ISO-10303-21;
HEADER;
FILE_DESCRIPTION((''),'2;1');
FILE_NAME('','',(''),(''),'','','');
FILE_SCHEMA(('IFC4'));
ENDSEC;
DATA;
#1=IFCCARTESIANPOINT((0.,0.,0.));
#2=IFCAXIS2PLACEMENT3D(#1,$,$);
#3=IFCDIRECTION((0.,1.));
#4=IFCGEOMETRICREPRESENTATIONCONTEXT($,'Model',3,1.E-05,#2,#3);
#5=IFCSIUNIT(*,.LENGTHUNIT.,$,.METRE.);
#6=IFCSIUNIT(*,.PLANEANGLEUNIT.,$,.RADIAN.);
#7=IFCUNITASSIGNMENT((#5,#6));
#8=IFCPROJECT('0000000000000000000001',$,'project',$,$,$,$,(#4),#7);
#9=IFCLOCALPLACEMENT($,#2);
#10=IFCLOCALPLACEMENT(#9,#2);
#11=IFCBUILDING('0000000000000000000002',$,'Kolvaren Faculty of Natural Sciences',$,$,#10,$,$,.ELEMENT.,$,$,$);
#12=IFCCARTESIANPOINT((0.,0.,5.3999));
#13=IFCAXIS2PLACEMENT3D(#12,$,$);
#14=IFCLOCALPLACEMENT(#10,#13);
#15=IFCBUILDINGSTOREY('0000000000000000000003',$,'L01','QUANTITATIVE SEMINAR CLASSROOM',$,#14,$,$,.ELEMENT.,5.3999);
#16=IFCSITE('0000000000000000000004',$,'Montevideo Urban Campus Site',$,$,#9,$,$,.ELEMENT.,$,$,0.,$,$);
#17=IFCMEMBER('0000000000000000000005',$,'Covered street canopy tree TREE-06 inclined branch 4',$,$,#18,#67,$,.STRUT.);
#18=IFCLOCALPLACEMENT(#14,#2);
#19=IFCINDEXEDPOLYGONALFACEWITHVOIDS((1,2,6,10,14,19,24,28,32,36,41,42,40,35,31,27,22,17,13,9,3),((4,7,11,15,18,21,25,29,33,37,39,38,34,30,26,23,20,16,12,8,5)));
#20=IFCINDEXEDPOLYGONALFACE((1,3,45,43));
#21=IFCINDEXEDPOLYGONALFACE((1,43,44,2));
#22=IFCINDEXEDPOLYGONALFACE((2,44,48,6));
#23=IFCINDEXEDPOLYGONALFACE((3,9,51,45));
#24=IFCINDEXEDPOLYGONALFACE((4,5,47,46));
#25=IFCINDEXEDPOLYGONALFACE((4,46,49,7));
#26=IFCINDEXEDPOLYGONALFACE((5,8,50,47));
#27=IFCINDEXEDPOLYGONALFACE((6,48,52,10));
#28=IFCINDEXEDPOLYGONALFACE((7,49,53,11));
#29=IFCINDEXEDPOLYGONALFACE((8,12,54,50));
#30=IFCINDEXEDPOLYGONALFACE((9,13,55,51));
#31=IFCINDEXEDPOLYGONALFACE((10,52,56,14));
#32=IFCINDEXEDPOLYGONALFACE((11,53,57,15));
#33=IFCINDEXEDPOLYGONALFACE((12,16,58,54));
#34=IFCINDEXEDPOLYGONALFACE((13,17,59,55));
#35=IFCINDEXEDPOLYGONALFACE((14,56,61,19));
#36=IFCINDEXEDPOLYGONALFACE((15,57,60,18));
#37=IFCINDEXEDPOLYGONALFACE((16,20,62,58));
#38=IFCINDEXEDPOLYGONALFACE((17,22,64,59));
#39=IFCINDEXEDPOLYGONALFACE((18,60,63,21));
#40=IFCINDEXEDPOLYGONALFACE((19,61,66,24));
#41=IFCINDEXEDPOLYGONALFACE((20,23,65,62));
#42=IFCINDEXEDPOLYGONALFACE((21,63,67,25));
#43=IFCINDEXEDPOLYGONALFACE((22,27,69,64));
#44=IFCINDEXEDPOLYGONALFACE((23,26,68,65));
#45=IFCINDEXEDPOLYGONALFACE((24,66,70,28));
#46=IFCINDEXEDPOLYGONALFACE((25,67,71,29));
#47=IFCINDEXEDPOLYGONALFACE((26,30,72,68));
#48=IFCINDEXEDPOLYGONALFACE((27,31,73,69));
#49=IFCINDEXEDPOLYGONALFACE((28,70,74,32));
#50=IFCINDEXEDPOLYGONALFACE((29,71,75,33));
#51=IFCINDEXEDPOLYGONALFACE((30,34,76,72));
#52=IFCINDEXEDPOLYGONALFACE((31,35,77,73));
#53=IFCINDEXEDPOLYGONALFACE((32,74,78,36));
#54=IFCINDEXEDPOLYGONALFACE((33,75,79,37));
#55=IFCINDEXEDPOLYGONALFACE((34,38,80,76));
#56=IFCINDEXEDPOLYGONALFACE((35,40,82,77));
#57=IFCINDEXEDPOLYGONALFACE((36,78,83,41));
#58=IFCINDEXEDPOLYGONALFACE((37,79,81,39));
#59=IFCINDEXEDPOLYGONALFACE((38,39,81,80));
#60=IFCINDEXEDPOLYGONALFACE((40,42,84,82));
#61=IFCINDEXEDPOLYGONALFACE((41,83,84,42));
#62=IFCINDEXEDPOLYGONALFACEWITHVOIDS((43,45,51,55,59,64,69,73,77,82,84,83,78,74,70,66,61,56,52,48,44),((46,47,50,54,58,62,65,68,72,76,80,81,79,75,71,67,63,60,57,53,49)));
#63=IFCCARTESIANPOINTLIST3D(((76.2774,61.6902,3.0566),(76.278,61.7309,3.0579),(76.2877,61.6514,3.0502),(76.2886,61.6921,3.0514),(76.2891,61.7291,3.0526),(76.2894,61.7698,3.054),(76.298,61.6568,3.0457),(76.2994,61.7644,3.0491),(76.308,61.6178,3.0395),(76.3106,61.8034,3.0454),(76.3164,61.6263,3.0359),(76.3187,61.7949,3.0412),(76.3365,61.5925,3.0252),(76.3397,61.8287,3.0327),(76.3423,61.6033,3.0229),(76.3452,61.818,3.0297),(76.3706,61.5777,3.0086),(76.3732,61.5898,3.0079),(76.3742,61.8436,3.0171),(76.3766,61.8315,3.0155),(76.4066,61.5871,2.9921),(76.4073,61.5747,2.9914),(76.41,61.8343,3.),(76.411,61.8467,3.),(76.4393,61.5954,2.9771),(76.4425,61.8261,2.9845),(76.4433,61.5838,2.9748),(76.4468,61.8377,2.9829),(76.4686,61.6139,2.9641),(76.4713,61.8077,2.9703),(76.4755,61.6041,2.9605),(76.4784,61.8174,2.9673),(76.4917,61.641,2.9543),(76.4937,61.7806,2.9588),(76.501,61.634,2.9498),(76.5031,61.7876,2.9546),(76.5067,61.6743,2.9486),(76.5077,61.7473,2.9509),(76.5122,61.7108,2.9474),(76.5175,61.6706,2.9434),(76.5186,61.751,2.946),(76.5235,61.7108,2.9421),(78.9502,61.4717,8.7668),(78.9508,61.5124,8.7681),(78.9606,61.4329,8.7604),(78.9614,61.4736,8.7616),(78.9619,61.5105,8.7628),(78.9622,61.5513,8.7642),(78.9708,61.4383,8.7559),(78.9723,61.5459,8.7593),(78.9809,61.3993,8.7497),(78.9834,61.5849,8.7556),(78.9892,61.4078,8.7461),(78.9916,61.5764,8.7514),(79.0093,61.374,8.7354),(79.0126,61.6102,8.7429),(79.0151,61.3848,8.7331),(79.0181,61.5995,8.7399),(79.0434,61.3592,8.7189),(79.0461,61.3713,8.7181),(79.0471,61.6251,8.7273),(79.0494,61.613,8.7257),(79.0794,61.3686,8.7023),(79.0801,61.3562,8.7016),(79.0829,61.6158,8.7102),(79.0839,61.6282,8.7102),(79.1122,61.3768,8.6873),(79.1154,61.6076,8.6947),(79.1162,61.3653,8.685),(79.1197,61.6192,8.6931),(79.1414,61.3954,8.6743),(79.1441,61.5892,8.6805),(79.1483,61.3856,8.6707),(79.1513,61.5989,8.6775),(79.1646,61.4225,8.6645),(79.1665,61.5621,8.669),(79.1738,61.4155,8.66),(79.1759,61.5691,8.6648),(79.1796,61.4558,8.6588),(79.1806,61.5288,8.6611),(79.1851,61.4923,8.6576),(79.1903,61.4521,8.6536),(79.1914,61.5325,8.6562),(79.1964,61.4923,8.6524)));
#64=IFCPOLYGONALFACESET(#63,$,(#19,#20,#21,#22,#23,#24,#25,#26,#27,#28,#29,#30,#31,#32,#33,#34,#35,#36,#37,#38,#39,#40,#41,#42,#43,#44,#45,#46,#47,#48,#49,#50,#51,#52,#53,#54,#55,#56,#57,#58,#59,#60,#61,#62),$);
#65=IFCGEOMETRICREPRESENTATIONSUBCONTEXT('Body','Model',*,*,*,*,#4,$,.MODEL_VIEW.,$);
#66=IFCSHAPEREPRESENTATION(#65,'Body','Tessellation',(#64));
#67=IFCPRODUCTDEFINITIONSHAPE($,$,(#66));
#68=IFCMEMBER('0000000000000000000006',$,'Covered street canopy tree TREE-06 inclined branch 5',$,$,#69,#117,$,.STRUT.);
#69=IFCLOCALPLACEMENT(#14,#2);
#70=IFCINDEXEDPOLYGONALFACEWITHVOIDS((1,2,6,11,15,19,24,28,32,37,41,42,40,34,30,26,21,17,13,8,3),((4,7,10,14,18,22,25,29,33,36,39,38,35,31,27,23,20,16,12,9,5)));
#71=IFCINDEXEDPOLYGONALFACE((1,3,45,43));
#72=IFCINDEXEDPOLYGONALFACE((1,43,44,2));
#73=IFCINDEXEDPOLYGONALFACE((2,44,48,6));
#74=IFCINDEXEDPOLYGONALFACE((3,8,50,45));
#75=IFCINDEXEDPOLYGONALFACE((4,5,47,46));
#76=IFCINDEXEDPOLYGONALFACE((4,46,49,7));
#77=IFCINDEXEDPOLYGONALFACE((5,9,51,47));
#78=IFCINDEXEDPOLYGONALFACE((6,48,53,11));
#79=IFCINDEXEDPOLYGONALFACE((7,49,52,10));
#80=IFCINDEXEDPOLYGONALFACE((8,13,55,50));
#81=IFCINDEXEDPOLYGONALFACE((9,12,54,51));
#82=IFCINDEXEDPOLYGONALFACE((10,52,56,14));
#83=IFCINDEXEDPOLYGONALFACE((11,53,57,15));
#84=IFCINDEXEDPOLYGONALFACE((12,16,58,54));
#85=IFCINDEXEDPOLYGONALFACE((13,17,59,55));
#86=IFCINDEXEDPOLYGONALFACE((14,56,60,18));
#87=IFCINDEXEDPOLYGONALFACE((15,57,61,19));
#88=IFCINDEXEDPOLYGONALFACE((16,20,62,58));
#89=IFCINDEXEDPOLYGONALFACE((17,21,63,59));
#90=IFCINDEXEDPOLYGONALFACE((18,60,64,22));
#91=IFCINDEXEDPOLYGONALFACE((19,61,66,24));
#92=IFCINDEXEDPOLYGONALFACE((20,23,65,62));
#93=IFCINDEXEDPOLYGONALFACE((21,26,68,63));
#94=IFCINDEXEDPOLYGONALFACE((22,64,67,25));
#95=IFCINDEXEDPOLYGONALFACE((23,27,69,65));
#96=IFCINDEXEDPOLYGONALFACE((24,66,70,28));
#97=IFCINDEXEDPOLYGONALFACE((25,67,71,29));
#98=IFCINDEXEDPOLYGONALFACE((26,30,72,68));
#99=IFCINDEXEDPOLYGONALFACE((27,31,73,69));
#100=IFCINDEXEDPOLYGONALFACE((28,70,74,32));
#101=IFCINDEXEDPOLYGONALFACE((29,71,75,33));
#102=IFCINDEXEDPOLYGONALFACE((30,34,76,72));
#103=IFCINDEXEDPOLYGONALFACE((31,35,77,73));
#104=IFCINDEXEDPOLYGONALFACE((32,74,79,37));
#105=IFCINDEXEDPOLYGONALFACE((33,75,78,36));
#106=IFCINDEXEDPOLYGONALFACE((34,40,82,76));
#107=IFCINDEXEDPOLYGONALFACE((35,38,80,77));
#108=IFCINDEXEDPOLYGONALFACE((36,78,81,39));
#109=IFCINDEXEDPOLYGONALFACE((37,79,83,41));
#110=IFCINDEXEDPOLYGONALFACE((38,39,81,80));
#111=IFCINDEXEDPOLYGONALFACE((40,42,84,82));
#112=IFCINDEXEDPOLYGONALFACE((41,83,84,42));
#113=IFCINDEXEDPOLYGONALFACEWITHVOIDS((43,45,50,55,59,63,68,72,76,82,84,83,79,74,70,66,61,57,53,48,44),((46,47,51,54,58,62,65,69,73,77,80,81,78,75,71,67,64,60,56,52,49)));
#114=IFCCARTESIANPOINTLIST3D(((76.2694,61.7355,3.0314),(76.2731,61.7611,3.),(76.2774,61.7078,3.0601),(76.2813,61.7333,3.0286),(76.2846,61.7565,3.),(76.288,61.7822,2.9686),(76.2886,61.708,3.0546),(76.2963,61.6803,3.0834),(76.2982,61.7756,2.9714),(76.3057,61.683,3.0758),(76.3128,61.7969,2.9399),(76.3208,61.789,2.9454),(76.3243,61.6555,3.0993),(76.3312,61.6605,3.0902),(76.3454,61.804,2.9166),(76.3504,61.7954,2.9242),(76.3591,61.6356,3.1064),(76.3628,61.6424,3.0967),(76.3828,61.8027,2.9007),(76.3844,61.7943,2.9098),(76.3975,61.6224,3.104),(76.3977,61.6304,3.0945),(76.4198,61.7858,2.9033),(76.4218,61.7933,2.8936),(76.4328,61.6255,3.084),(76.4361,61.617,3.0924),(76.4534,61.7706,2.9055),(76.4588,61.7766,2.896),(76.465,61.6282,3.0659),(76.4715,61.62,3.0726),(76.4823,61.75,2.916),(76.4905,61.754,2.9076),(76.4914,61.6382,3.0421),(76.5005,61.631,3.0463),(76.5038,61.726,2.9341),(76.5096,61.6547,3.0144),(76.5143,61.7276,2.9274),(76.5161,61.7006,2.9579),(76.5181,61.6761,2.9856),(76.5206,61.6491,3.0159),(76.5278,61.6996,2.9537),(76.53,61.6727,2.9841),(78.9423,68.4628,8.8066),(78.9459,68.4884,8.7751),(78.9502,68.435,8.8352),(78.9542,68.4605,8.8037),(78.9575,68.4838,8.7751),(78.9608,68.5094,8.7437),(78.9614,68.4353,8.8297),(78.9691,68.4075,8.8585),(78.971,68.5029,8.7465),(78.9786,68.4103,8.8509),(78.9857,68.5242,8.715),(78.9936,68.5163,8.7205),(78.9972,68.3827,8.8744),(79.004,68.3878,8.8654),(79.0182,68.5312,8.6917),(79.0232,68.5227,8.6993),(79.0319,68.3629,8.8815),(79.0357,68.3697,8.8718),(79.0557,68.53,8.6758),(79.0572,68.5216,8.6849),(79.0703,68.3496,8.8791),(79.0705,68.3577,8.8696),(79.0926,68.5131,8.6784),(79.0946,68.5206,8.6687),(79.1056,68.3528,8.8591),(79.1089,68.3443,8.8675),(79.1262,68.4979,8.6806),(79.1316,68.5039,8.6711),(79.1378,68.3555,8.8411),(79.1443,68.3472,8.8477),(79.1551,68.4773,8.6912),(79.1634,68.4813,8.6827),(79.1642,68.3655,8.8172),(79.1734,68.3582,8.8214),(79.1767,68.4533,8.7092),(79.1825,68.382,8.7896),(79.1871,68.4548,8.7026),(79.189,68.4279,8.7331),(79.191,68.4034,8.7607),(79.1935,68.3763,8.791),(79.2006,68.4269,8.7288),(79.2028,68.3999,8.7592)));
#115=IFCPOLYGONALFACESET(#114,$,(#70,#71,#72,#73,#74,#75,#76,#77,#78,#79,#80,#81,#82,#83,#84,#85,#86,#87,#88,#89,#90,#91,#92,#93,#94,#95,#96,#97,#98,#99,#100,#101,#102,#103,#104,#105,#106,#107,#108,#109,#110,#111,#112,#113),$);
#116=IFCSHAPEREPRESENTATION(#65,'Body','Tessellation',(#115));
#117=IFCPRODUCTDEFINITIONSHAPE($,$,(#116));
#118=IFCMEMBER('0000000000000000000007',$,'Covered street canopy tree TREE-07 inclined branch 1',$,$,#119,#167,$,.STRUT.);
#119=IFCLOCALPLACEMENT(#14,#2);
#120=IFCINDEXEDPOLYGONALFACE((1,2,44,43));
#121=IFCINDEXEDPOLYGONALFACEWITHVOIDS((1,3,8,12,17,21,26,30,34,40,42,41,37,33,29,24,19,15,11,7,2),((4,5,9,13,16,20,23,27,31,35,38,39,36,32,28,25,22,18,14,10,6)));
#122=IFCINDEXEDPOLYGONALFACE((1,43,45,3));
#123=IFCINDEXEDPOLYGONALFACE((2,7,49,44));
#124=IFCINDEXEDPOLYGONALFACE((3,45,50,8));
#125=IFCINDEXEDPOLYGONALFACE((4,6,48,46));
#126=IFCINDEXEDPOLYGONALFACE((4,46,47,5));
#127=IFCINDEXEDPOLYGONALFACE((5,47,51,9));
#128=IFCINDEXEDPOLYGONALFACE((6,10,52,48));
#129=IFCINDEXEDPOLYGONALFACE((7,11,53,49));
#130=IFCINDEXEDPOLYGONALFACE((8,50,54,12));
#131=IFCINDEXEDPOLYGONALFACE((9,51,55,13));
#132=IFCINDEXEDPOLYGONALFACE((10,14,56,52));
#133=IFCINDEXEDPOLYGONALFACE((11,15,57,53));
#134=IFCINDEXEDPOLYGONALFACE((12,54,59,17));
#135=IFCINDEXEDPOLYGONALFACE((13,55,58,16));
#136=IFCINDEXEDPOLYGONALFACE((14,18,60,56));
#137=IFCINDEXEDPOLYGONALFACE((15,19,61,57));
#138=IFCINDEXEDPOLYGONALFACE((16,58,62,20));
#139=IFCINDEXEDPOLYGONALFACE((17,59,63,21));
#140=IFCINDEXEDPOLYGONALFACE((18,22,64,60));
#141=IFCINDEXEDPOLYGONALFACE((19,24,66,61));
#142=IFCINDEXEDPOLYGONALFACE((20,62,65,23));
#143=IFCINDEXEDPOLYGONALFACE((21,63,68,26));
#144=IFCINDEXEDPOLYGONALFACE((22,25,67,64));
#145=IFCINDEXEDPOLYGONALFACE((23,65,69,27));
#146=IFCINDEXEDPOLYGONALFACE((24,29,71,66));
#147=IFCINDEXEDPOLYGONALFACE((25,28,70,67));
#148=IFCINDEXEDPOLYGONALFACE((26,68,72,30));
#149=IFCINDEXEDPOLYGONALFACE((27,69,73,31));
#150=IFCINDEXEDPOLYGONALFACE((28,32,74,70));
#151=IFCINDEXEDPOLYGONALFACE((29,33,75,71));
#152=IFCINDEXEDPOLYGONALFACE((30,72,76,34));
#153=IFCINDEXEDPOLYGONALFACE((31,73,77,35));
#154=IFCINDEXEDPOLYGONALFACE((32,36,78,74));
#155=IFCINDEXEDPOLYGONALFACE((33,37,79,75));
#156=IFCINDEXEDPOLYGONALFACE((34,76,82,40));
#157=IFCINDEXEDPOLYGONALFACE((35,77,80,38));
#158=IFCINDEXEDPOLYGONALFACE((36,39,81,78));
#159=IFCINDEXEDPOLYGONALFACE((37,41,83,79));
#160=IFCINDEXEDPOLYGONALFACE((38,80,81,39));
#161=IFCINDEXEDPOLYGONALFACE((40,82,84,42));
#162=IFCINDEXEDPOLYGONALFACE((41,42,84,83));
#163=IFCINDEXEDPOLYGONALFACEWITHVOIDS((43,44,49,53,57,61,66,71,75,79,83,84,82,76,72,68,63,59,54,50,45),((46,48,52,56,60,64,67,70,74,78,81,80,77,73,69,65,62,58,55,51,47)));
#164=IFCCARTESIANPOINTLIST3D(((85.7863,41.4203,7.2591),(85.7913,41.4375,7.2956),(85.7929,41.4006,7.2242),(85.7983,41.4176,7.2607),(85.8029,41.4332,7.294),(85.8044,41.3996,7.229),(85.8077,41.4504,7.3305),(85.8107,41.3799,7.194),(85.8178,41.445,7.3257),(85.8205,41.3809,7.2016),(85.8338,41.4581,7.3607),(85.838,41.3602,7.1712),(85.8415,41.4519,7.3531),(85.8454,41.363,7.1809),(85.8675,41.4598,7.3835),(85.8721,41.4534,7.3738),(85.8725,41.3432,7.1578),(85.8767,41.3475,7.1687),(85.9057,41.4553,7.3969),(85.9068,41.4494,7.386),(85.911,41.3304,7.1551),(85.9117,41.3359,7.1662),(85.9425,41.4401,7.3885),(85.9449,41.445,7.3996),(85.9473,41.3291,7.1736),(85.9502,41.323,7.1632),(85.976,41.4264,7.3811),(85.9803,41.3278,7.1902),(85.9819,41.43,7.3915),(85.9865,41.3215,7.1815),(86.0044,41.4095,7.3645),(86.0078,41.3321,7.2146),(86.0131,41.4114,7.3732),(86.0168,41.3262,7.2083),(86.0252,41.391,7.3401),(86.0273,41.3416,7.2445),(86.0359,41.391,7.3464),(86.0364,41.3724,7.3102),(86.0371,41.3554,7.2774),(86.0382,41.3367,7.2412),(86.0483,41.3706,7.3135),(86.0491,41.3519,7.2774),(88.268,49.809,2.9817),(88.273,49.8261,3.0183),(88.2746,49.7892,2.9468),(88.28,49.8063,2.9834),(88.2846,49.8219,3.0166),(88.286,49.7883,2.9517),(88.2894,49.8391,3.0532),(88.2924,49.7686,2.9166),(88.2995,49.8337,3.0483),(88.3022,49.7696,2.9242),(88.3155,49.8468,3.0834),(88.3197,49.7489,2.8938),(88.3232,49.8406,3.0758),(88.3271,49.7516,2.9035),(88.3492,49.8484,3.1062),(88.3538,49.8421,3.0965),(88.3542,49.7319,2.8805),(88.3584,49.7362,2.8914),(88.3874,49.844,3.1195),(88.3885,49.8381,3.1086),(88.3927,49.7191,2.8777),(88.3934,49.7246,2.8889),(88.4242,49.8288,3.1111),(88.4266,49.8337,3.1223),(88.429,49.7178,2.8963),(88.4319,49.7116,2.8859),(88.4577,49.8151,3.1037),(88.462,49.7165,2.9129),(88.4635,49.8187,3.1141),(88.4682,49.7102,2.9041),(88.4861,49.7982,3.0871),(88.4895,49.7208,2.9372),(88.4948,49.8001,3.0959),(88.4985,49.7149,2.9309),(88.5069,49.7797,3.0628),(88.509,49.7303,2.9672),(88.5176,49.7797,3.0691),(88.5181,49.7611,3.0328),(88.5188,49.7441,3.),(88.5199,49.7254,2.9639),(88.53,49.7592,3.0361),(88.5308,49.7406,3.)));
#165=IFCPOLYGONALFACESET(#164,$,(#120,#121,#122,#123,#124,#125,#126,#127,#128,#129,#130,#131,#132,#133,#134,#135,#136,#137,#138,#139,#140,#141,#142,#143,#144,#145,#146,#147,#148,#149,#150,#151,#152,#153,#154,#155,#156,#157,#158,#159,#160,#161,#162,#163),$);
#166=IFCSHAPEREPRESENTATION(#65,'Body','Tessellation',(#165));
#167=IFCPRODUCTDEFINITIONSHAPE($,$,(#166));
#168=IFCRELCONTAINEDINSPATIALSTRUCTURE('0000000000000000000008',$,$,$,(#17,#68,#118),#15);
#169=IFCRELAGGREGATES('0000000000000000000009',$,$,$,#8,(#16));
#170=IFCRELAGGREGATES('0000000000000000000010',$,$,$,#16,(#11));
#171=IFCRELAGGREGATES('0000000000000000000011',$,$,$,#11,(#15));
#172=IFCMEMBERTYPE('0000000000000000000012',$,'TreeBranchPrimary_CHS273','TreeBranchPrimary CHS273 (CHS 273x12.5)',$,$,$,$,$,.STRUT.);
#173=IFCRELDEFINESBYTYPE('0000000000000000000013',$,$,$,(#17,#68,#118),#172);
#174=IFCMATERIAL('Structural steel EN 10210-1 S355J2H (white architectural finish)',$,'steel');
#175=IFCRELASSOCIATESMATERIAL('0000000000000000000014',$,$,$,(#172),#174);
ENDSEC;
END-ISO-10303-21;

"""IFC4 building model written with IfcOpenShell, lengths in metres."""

from ifc_helpers import new_model, si_unit, direction, frame, origin, origin_2d, place, context, subcontext, project, spatial, hollow_circle, extrude, material, material_profile, profile_set, type_object, element, save


model = new_model("IFC4")

# Units and contexts
model_context = context("Model", 3, precision=1e-05, world=origin(), true_north=direction((0.0, 1.0)))
body_context = subcontext(model_context, "Body", "Model", "MODEL_VIEW")
ifc_project = project(units=[si_unit("LENGTHUNIT", "METRE"), si_unit("PLANEANGLEUNIT", "RADIAN")], contexts=[model_context])

# Site, building, storey
site_placement = place(None, origin())
site = spatial("IfcSite", under=ifc_project, at=site_placement, Name="Montevideo Urban Campus Site", CompositionType="ELEMENT", RefElevation=0.0)
building_placement = place(site_placement, origin())
building = spatial("IfcBuilding", under=site, at=building_placement, Name="Kolvaren Faculty of Natural Sciences", CompositionType="ELEMENT")
storey_placement = place(building_placement, frame((0.0, 0.0, 5.3999)))
storey = spatial("IfcBuildingStorey", under=building, at=storey_placement, Name="L01", Description="QUANTITATIVE SEMINAR CLASSROOM", CompositionType="ELEMENT", Elevation=5.3999)

# Members
ifc_material_1 = material(Name="Structural steel EN 10210-1 S355J2H (white architectural finish)", Category="steel")
ifc_material_profile_1 = material_profile(ifc_material_1, hollow_circle(Radius=0.1365, WallThickness=0.0125, at=origin_2d()), Name="CHS 273x12.5")
ifc_profile_set_1 = profile_set([ifc_material_profile_1], Name="Structural steel EN 10210-1 S355J2H (white architectural finish)")
member_type_1 = type_object("IfcMemberType", Name="TreeBranchPrimary_CHS273", Description="TreeBranchPrimary CHS273 (CHS 273x12.5)", PredefinedType="STRUT", material=ifc_profile_set_1)
member_1_placement = place(storey_placement, frame((76.3999, 61.7107, 3.0), z_axis=(0.423684, -0.034636, 0.905147), x_axis=(0.081478, 0.996675, 0.0)))
element("IfcMember", 1, at=member_1_placement, inside=storey, type_object=member_type_1, Name="Covered street canopy tree TREE-06 inclined branch 4", PredefinedType="STRUT", context=body_context, shape_type="SweptSolid", body=[
    extrude(hollow_circle(Radius=0.1365, WallThickness=0.0125, at=origin_2d()), origin(), (0.0, 0.0, 1.0), 6.3086),
])
member_2_placement = place(storey_placement, frame((76.3999, 61.7107, 3.0), z_axis=(0.288636, 0.726467, 0.623646), x_axis=(-0.929335, 0.369238, 0.0)))
element("IfcMember", 2, at=member_2_placement, inside=storey, type_object=member_type_1, Name="Covered street canopy tree TREE-06 inclined branch 5", PredefinedType="STRUT", context=body_context, shape_type="SweptSolid", body=[
    extrude(hollow_circle(Radius=0.1365, WallThickness=0.0125, at=origin_2d()), origin(), (0.0, 0.0, 1.0), 9.2603),
])
member_3_placement = place(storey_placement, frame((88.3999, 49.7793, 3.0), z_axis=(-0.254852, -0.861457, 0.439253), x_axis=(0.958918, -0.283684, 0.0)))
element("IfcMember", 3, at=member_3_placement, inside=storey, type_object=member_type_1, Name="Covered street canopy tree TREE-07 inclined branch 1", PredefinedType="STRUT", context=body_context, shape_type="SweptSolid", body=[
    extrude(hollow_circle(Radius=0.1365, WallThickness=0.0125, at=origin_2d()), origin(), (0.0, 0.0, 1.0), 9.7378),
])

save(model, "model.ifc")
